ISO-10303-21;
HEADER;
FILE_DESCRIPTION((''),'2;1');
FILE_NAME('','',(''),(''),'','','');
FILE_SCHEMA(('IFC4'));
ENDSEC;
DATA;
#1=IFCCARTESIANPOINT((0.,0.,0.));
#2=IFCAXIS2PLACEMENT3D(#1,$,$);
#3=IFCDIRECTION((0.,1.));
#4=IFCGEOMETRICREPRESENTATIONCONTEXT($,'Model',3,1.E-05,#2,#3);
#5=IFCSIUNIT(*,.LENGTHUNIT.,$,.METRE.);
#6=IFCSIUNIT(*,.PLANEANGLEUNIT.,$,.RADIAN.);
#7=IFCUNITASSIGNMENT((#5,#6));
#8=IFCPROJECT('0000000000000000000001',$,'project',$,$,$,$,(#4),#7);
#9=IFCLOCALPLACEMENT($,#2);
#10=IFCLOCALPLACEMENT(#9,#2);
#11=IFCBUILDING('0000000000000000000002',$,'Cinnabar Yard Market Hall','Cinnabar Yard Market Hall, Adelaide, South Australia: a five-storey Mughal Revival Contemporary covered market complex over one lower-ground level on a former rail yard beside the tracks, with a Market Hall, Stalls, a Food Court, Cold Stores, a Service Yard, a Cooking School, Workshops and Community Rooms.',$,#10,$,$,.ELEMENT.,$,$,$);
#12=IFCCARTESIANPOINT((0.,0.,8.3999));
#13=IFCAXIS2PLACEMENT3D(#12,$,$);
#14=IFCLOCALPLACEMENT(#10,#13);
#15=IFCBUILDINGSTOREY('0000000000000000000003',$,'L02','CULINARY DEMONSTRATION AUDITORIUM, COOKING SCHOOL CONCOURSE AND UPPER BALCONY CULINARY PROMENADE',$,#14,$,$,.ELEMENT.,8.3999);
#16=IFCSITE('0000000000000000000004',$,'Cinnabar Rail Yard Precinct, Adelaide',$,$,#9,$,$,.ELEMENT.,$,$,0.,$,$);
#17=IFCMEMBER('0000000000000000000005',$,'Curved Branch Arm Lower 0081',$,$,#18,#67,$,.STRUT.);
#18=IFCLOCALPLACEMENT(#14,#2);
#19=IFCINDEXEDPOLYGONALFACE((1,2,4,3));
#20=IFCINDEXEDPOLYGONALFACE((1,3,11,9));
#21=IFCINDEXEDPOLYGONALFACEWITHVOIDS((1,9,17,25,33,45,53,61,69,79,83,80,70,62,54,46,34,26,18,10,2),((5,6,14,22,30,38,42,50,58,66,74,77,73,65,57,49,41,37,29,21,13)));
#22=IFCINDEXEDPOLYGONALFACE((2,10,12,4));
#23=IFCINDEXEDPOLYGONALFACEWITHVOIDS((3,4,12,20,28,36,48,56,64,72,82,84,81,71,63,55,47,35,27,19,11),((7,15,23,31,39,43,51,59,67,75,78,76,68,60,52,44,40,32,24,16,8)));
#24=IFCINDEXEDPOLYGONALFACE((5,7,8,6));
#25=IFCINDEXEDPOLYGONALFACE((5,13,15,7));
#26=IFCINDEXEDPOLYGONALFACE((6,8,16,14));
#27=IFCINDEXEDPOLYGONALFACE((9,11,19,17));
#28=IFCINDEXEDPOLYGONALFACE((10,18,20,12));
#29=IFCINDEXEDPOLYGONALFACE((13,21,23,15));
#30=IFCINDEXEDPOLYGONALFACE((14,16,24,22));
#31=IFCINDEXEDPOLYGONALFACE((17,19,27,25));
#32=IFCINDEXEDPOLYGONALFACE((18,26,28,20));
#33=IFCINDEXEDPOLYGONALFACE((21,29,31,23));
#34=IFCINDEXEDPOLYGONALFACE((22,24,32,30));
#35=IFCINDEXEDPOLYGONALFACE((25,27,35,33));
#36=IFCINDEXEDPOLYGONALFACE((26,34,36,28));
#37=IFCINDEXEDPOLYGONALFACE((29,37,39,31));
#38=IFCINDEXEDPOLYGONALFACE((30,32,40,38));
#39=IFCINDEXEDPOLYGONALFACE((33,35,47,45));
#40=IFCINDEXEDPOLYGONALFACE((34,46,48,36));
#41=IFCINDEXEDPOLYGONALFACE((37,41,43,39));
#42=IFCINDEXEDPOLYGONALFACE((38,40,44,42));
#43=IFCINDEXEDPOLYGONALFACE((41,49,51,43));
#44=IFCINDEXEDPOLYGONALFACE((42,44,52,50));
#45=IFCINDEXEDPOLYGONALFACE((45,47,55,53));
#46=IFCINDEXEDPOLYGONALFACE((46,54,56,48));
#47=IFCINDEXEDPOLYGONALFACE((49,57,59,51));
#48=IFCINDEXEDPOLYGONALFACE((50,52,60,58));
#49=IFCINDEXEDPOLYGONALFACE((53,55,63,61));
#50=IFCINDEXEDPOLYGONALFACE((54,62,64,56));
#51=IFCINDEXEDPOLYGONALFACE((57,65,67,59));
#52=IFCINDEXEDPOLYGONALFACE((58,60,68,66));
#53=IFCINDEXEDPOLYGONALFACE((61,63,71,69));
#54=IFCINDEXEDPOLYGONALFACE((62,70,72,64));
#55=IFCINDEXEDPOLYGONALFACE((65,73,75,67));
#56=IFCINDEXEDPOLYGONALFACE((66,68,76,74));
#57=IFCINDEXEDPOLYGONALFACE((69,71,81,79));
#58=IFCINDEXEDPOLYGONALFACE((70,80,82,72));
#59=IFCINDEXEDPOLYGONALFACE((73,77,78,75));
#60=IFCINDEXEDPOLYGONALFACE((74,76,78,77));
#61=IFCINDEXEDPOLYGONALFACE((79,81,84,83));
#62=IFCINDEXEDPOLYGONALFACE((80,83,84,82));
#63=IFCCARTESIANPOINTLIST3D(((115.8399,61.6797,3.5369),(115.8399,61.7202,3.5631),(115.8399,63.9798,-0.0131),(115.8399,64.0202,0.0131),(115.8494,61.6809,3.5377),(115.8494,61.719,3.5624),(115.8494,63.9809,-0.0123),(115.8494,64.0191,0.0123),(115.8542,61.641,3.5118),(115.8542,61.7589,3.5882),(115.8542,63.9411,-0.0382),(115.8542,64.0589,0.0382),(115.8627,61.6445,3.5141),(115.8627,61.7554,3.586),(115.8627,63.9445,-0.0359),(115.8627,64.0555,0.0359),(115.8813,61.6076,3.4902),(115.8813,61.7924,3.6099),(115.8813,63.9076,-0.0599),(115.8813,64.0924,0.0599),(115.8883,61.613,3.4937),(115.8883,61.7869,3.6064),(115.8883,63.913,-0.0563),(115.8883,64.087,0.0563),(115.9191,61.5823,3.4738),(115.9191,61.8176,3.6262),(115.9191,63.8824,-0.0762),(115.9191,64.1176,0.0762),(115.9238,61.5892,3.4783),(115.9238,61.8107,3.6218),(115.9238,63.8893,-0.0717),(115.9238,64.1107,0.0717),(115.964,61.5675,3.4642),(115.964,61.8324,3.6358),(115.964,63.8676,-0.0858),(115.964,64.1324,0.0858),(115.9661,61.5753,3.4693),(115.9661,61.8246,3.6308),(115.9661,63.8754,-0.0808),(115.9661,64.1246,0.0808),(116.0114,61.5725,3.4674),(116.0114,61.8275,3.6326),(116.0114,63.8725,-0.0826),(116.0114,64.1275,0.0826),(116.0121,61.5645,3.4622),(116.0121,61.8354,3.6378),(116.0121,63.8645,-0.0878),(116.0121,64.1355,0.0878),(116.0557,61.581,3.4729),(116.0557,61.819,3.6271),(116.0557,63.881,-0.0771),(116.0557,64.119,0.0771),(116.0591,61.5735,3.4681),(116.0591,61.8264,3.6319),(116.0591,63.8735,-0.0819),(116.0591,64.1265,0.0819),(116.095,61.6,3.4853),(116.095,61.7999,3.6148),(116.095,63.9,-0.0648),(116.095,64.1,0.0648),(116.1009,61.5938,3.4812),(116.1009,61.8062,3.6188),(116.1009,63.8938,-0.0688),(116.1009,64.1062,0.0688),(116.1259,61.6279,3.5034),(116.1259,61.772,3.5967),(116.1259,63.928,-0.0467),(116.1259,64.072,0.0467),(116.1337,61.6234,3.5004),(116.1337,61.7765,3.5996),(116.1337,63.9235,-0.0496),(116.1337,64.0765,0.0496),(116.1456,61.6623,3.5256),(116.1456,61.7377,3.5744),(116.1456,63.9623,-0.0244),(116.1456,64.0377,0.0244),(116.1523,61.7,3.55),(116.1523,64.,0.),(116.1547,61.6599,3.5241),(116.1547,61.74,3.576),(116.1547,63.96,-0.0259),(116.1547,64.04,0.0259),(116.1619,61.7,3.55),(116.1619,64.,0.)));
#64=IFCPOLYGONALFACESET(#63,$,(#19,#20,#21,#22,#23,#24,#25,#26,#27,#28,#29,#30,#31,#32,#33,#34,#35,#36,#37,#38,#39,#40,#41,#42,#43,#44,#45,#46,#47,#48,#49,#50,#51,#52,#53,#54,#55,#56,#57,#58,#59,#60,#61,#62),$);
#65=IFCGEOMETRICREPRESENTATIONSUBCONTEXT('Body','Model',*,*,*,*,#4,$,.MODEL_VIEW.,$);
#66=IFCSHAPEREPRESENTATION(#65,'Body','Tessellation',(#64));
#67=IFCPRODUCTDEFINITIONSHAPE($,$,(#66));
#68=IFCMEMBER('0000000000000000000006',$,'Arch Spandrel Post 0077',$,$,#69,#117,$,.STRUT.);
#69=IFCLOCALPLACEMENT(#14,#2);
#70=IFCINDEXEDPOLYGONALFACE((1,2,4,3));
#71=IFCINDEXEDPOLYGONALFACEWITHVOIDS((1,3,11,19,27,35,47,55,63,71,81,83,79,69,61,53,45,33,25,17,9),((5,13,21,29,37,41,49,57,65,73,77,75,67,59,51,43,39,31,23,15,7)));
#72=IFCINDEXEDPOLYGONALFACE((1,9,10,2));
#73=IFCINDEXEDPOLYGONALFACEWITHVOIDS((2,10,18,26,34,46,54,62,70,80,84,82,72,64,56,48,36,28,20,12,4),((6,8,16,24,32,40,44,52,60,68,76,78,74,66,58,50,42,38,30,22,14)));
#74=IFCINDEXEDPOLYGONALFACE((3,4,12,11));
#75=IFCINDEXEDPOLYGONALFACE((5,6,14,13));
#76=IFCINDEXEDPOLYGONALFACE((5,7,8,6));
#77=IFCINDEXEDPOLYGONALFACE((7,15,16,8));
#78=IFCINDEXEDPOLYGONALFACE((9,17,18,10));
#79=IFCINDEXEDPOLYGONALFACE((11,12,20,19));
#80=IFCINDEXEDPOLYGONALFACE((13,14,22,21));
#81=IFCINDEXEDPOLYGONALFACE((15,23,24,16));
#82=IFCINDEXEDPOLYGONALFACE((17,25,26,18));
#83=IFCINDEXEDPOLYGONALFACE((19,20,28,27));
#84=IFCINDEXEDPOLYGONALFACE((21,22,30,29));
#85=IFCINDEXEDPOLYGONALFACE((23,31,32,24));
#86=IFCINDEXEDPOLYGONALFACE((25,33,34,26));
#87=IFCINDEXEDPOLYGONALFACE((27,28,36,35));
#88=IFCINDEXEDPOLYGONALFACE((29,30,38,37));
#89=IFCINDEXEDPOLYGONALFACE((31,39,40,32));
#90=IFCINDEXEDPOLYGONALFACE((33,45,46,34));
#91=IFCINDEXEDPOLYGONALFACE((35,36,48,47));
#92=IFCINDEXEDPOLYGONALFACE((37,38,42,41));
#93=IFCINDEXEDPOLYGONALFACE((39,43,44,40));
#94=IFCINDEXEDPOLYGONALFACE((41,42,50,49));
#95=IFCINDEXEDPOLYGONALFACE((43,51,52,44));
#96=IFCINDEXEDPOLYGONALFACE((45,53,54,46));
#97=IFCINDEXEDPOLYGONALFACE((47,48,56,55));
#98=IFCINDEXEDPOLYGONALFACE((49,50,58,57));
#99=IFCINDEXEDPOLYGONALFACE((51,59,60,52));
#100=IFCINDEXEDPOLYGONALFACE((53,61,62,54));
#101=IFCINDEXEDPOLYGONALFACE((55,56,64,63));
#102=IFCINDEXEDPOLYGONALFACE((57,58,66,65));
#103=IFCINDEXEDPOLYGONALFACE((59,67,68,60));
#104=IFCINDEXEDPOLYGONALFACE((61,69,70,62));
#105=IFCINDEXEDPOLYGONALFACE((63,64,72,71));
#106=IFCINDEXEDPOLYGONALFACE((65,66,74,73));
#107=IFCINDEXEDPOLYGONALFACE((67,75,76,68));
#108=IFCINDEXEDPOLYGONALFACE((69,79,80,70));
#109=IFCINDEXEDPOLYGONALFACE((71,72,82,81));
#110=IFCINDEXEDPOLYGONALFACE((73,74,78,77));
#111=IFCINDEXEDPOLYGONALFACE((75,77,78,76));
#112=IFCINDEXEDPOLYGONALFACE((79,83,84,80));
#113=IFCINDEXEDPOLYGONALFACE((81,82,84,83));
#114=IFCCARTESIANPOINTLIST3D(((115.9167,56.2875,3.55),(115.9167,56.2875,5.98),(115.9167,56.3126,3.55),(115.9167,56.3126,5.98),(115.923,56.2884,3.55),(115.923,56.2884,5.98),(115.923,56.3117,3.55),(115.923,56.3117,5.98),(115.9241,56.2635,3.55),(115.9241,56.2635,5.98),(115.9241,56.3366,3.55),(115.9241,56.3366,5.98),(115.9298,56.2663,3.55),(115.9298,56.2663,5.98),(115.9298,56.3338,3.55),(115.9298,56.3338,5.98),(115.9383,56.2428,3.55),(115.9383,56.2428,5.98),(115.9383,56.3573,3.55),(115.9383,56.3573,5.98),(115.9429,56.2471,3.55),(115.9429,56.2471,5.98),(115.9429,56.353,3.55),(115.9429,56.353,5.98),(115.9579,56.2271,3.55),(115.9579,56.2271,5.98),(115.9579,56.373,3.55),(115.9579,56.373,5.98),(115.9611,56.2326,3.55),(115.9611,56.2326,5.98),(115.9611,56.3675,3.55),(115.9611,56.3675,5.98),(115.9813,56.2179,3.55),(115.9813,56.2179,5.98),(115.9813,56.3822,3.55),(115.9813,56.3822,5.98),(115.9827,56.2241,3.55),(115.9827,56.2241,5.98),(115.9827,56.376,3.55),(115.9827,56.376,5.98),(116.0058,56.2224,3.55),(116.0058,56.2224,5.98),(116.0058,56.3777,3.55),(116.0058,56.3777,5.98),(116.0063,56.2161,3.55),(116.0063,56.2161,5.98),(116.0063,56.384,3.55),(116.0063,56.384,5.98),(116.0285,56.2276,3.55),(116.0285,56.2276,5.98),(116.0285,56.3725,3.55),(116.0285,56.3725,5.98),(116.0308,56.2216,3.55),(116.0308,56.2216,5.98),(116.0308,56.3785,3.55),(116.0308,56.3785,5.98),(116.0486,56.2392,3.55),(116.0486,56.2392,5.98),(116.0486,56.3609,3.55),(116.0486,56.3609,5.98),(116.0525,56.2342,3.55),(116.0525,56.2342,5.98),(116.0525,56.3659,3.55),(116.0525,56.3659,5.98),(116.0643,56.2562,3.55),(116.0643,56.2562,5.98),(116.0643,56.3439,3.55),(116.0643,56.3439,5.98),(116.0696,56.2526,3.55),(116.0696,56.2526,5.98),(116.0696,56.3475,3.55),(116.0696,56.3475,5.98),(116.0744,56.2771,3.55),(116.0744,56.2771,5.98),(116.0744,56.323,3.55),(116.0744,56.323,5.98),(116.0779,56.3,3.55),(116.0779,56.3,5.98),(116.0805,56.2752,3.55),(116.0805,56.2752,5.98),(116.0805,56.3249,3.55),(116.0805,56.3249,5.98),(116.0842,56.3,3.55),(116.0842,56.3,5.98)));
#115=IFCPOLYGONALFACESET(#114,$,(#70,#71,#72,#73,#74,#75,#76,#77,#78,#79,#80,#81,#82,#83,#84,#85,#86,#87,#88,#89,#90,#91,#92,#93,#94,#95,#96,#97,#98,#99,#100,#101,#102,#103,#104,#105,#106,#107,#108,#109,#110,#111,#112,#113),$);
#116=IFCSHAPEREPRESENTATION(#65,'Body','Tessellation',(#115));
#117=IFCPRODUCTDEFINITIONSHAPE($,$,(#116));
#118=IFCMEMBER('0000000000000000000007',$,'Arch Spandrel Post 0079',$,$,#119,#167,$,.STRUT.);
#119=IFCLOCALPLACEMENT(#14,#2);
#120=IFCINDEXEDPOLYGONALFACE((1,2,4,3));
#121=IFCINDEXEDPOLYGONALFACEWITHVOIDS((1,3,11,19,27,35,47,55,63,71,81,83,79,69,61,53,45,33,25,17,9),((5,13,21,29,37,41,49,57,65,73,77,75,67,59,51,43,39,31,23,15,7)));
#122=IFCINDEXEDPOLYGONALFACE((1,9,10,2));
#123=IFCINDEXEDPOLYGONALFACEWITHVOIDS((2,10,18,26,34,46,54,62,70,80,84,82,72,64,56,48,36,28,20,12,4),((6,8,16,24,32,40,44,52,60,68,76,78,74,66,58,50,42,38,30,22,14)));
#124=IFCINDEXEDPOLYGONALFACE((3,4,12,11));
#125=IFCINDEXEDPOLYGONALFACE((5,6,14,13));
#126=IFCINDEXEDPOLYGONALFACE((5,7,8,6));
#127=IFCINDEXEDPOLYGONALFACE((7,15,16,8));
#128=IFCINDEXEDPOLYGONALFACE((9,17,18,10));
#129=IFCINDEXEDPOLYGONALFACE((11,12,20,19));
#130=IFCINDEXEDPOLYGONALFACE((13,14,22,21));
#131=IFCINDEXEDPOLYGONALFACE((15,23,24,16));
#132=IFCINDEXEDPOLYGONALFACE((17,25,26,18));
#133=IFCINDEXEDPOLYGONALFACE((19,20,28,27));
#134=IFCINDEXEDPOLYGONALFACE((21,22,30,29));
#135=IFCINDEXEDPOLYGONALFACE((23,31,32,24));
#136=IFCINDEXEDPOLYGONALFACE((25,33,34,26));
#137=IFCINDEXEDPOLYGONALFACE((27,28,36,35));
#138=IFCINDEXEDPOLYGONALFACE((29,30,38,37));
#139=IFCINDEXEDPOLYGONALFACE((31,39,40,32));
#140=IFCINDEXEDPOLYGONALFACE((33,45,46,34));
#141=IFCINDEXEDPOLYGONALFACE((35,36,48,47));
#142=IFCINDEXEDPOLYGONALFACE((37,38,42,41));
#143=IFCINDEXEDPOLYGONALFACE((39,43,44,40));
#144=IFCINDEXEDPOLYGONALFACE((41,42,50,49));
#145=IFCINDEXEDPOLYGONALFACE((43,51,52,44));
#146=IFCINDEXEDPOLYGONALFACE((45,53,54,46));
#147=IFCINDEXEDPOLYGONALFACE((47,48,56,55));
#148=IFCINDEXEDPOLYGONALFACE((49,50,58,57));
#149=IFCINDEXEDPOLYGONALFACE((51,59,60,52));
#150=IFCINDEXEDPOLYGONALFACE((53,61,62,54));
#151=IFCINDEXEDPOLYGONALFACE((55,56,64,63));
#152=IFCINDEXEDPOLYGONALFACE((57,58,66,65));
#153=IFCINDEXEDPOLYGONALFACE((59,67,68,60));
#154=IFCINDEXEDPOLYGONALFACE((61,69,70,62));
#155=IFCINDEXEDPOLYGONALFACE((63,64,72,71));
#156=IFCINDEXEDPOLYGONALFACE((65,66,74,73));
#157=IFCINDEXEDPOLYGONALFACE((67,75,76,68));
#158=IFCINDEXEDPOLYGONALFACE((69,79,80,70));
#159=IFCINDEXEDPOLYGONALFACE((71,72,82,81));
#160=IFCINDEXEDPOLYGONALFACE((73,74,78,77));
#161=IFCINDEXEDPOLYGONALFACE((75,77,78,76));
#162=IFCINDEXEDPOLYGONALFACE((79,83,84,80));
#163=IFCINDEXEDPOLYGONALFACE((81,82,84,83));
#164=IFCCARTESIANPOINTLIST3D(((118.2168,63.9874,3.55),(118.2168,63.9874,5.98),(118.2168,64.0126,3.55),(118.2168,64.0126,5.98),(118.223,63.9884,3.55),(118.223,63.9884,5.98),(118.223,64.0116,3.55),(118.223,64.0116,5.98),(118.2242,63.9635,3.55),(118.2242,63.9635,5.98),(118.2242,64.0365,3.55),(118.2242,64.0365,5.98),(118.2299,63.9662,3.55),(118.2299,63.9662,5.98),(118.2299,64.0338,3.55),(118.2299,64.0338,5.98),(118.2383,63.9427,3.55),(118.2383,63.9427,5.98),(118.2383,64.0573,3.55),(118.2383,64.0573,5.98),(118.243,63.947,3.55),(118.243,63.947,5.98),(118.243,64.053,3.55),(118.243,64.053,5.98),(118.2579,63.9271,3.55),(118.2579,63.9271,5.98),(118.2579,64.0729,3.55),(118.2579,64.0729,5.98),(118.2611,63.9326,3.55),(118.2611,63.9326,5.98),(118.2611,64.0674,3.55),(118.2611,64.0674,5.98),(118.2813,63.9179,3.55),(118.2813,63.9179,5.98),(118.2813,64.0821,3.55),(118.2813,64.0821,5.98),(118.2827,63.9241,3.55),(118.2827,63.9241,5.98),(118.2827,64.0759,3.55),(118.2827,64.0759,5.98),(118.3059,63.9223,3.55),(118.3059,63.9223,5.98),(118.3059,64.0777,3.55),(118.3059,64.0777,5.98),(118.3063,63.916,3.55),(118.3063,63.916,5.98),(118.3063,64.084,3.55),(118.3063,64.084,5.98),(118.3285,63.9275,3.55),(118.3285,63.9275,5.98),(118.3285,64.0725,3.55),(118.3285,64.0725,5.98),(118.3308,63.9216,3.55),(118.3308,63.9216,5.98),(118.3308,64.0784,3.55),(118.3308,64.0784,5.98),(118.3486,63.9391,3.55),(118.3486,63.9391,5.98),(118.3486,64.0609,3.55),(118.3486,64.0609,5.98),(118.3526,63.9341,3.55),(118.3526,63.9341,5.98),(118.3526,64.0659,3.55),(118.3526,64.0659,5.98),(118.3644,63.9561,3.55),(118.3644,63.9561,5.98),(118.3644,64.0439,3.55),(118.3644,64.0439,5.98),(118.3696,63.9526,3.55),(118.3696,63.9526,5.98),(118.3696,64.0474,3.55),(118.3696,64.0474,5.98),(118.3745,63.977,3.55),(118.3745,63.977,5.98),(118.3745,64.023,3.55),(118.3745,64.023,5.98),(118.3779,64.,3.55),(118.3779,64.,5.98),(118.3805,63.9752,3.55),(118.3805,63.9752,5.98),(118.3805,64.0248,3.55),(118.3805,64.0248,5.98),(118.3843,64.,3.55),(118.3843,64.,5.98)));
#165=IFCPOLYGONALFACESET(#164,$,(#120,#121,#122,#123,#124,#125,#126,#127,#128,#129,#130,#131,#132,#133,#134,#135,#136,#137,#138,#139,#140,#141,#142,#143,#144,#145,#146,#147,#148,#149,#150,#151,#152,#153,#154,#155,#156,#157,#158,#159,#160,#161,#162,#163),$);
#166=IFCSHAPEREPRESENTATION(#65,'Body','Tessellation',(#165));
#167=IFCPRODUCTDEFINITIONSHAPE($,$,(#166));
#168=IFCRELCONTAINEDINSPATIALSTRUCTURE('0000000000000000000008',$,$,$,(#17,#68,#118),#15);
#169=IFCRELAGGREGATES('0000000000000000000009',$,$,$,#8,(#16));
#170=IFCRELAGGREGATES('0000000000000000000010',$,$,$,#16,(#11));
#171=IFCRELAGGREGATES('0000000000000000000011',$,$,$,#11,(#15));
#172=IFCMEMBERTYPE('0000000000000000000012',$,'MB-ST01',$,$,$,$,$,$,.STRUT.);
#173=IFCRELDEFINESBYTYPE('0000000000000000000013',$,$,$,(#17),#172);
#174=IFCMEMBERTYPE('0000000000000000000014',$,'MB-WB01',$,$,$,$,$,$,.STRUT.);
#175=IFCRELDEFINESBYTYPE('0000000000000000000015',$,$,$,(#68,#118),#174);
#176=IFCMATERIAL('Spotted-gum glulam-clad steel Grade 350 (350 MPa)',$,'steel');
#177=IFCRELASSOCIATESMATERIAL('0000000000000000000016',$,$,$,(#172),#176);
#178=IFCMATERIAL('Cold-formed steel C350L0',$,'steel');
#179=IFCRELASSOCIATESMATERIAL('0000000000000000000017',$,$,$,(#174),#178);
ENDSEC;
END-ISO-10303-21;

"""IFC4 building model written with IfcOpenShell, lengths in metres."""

from ifc_helpers import new_model, si_unit, direction, frame, origin, origin_2d_with_axis, place, context, subcontext, project, spatial, hollow_circle, extrude, material, material_profile, profile_set, type_object, element, save


model = new_model("IFC4")

# Units and contexts
model_context = context("Model", 3, precision=1e-05, world=origin(), true_north=direction((0.0, 1.0)))
body_context = subcontext(model_context, "Body", "Model", "MODEL_VIEW")
ifc_project = project(units=[si_unit("LENGTHUNIT", "METRE"), si_unit("PLANEANGLEUNIT", "RADIAN")], contexts=[model_context])

# Site, building, storey
site_placement = place(None, origin())
site = spatial("IfcSite", under=ifc_project, at=site_placement, Name="Cinnabar Rail Yard Precinct, Adelaide", CompositionType="ELEMENT", RefElevation=0.0)
building_placement = place(site_placement, origin())
building = spatial("IfcBuilding", under=site, at=building_placement, Name="Cinnabar Yard Market Hall", Description="Cinnabar Yard Market Hall, Adelaide, South Australia: a five-storey Mughal Revival Contemporary covered market complex over one lower-ground level on a former rail yard beside the tracks, with a Market Hall, Stalls, a Food Court, Cold Stores, a Service Yard, a Cooking School, Workshops and Community Rooms.", CompositionType="ELEMENT")
storey_placement = place(building_placement, frame((0.0, 0.0, 8.3999)))
storey = spatial("IfcBuildingStorey", under=building, at=storey_placement, Name="L02", Description="CULINARY DEMONSTRATION AUDITORIUM, COOKING SCHOOL CONCOURSE AND UPPER BALCONY CULINARY PROMENADE", CompositionType="ELEMENT", Elevation=8.3999)

# Members
ifc_material_1 = material(Name="Spotted-gum glulam-clad steel Grade 350 (350 MPa)", Category="steel")
ifc_material_profile_1 = material_profile(ifc_material_1, hollow_circle(Radius=0.1619, WallThickness=0.0095, at=origin_2d_with_axis()), Name="323.9x9.5CHS")
ifc_profile_set_1 = profile_set([ifc_material_profile_1], Name="Spotted-gum glulam-clad steel Grade 350 (350 MPa)")
member_type_1 = type_object("IfcMemberType", Name="MB-ST01", PredefinedType="STRUT", material=ifc_profile_set_1)
for number, where, z_axis, x_axis, name in (
    (1, (116.0, 64.0, 0.0), (0.0, -0.543744, 0.839251), (1.0, 0.0, 0.0), "Curved Branch Arm Lower 0081"),
):
    element("IfcMember", number, at=place(storey_placement, frame(where, z_axis=z_axis, x_axis=x_axis)), inside=storey, type_object=member_type_1, Name=name, PredefinedType="STRUT", context=body_context, shape_type="SweptSolid", body=[
        extrude(hollow_circle(Radius=0.1619, WallThickness=0.0095, at=origin_2d_with_axis()), origin(), (0.0, 0.0, 1.0), 4.23),
    ])
ifc_material_2 = material(Name="Cold-formed steel C350L0", Category="steel")
ifc_material_profile_2 = material_profile(ifc_material_2, hollow_circle(Radius=0.0842, WallThickness=0.0063, at=origin_2d_with_axis()), Name="168.3x6.4CHS")
ifc_profile_set_2 = profile_set([ifc_material_profile_2], Name="Cold-formed steel C350L0")
member_type_2 = type_object("IfcMemberType", Name="MB-WB01", PredefinedType="STRUT", material=ifc_profile_set_2)
for number, where, z_axis, x_axis, name in (
    (2, (116.0, 56.3, 3.55), (0.0, 0.0, 1.0), (1.0, 0.0, 0.0), "Arch Spandrel Post 0077"),
    (3, (118.3, 64.0, 3.55), (0.0, 0.0, 1.0), (1.0, 0.0, 0.0), "Arch Spandrel Post 0079"),
):
    element("IfcMember", number, at=place(storey_placement, frame(where, z_axis=z_axis, x_axis=x_axis)), inside=storey, type_object=member_type_2, Name=name, PredefinedType="STRUT", context=body_context, shape_type="SweptSolid", body=[
        extrude(hollow_circle(Radius=0.0842, WallThickness=0.0063, at=origin_2d_with_axis()), origin(), (0.0, 0.0, 1.0), 2.4299),
    ])

save(model, "model.ifc")
